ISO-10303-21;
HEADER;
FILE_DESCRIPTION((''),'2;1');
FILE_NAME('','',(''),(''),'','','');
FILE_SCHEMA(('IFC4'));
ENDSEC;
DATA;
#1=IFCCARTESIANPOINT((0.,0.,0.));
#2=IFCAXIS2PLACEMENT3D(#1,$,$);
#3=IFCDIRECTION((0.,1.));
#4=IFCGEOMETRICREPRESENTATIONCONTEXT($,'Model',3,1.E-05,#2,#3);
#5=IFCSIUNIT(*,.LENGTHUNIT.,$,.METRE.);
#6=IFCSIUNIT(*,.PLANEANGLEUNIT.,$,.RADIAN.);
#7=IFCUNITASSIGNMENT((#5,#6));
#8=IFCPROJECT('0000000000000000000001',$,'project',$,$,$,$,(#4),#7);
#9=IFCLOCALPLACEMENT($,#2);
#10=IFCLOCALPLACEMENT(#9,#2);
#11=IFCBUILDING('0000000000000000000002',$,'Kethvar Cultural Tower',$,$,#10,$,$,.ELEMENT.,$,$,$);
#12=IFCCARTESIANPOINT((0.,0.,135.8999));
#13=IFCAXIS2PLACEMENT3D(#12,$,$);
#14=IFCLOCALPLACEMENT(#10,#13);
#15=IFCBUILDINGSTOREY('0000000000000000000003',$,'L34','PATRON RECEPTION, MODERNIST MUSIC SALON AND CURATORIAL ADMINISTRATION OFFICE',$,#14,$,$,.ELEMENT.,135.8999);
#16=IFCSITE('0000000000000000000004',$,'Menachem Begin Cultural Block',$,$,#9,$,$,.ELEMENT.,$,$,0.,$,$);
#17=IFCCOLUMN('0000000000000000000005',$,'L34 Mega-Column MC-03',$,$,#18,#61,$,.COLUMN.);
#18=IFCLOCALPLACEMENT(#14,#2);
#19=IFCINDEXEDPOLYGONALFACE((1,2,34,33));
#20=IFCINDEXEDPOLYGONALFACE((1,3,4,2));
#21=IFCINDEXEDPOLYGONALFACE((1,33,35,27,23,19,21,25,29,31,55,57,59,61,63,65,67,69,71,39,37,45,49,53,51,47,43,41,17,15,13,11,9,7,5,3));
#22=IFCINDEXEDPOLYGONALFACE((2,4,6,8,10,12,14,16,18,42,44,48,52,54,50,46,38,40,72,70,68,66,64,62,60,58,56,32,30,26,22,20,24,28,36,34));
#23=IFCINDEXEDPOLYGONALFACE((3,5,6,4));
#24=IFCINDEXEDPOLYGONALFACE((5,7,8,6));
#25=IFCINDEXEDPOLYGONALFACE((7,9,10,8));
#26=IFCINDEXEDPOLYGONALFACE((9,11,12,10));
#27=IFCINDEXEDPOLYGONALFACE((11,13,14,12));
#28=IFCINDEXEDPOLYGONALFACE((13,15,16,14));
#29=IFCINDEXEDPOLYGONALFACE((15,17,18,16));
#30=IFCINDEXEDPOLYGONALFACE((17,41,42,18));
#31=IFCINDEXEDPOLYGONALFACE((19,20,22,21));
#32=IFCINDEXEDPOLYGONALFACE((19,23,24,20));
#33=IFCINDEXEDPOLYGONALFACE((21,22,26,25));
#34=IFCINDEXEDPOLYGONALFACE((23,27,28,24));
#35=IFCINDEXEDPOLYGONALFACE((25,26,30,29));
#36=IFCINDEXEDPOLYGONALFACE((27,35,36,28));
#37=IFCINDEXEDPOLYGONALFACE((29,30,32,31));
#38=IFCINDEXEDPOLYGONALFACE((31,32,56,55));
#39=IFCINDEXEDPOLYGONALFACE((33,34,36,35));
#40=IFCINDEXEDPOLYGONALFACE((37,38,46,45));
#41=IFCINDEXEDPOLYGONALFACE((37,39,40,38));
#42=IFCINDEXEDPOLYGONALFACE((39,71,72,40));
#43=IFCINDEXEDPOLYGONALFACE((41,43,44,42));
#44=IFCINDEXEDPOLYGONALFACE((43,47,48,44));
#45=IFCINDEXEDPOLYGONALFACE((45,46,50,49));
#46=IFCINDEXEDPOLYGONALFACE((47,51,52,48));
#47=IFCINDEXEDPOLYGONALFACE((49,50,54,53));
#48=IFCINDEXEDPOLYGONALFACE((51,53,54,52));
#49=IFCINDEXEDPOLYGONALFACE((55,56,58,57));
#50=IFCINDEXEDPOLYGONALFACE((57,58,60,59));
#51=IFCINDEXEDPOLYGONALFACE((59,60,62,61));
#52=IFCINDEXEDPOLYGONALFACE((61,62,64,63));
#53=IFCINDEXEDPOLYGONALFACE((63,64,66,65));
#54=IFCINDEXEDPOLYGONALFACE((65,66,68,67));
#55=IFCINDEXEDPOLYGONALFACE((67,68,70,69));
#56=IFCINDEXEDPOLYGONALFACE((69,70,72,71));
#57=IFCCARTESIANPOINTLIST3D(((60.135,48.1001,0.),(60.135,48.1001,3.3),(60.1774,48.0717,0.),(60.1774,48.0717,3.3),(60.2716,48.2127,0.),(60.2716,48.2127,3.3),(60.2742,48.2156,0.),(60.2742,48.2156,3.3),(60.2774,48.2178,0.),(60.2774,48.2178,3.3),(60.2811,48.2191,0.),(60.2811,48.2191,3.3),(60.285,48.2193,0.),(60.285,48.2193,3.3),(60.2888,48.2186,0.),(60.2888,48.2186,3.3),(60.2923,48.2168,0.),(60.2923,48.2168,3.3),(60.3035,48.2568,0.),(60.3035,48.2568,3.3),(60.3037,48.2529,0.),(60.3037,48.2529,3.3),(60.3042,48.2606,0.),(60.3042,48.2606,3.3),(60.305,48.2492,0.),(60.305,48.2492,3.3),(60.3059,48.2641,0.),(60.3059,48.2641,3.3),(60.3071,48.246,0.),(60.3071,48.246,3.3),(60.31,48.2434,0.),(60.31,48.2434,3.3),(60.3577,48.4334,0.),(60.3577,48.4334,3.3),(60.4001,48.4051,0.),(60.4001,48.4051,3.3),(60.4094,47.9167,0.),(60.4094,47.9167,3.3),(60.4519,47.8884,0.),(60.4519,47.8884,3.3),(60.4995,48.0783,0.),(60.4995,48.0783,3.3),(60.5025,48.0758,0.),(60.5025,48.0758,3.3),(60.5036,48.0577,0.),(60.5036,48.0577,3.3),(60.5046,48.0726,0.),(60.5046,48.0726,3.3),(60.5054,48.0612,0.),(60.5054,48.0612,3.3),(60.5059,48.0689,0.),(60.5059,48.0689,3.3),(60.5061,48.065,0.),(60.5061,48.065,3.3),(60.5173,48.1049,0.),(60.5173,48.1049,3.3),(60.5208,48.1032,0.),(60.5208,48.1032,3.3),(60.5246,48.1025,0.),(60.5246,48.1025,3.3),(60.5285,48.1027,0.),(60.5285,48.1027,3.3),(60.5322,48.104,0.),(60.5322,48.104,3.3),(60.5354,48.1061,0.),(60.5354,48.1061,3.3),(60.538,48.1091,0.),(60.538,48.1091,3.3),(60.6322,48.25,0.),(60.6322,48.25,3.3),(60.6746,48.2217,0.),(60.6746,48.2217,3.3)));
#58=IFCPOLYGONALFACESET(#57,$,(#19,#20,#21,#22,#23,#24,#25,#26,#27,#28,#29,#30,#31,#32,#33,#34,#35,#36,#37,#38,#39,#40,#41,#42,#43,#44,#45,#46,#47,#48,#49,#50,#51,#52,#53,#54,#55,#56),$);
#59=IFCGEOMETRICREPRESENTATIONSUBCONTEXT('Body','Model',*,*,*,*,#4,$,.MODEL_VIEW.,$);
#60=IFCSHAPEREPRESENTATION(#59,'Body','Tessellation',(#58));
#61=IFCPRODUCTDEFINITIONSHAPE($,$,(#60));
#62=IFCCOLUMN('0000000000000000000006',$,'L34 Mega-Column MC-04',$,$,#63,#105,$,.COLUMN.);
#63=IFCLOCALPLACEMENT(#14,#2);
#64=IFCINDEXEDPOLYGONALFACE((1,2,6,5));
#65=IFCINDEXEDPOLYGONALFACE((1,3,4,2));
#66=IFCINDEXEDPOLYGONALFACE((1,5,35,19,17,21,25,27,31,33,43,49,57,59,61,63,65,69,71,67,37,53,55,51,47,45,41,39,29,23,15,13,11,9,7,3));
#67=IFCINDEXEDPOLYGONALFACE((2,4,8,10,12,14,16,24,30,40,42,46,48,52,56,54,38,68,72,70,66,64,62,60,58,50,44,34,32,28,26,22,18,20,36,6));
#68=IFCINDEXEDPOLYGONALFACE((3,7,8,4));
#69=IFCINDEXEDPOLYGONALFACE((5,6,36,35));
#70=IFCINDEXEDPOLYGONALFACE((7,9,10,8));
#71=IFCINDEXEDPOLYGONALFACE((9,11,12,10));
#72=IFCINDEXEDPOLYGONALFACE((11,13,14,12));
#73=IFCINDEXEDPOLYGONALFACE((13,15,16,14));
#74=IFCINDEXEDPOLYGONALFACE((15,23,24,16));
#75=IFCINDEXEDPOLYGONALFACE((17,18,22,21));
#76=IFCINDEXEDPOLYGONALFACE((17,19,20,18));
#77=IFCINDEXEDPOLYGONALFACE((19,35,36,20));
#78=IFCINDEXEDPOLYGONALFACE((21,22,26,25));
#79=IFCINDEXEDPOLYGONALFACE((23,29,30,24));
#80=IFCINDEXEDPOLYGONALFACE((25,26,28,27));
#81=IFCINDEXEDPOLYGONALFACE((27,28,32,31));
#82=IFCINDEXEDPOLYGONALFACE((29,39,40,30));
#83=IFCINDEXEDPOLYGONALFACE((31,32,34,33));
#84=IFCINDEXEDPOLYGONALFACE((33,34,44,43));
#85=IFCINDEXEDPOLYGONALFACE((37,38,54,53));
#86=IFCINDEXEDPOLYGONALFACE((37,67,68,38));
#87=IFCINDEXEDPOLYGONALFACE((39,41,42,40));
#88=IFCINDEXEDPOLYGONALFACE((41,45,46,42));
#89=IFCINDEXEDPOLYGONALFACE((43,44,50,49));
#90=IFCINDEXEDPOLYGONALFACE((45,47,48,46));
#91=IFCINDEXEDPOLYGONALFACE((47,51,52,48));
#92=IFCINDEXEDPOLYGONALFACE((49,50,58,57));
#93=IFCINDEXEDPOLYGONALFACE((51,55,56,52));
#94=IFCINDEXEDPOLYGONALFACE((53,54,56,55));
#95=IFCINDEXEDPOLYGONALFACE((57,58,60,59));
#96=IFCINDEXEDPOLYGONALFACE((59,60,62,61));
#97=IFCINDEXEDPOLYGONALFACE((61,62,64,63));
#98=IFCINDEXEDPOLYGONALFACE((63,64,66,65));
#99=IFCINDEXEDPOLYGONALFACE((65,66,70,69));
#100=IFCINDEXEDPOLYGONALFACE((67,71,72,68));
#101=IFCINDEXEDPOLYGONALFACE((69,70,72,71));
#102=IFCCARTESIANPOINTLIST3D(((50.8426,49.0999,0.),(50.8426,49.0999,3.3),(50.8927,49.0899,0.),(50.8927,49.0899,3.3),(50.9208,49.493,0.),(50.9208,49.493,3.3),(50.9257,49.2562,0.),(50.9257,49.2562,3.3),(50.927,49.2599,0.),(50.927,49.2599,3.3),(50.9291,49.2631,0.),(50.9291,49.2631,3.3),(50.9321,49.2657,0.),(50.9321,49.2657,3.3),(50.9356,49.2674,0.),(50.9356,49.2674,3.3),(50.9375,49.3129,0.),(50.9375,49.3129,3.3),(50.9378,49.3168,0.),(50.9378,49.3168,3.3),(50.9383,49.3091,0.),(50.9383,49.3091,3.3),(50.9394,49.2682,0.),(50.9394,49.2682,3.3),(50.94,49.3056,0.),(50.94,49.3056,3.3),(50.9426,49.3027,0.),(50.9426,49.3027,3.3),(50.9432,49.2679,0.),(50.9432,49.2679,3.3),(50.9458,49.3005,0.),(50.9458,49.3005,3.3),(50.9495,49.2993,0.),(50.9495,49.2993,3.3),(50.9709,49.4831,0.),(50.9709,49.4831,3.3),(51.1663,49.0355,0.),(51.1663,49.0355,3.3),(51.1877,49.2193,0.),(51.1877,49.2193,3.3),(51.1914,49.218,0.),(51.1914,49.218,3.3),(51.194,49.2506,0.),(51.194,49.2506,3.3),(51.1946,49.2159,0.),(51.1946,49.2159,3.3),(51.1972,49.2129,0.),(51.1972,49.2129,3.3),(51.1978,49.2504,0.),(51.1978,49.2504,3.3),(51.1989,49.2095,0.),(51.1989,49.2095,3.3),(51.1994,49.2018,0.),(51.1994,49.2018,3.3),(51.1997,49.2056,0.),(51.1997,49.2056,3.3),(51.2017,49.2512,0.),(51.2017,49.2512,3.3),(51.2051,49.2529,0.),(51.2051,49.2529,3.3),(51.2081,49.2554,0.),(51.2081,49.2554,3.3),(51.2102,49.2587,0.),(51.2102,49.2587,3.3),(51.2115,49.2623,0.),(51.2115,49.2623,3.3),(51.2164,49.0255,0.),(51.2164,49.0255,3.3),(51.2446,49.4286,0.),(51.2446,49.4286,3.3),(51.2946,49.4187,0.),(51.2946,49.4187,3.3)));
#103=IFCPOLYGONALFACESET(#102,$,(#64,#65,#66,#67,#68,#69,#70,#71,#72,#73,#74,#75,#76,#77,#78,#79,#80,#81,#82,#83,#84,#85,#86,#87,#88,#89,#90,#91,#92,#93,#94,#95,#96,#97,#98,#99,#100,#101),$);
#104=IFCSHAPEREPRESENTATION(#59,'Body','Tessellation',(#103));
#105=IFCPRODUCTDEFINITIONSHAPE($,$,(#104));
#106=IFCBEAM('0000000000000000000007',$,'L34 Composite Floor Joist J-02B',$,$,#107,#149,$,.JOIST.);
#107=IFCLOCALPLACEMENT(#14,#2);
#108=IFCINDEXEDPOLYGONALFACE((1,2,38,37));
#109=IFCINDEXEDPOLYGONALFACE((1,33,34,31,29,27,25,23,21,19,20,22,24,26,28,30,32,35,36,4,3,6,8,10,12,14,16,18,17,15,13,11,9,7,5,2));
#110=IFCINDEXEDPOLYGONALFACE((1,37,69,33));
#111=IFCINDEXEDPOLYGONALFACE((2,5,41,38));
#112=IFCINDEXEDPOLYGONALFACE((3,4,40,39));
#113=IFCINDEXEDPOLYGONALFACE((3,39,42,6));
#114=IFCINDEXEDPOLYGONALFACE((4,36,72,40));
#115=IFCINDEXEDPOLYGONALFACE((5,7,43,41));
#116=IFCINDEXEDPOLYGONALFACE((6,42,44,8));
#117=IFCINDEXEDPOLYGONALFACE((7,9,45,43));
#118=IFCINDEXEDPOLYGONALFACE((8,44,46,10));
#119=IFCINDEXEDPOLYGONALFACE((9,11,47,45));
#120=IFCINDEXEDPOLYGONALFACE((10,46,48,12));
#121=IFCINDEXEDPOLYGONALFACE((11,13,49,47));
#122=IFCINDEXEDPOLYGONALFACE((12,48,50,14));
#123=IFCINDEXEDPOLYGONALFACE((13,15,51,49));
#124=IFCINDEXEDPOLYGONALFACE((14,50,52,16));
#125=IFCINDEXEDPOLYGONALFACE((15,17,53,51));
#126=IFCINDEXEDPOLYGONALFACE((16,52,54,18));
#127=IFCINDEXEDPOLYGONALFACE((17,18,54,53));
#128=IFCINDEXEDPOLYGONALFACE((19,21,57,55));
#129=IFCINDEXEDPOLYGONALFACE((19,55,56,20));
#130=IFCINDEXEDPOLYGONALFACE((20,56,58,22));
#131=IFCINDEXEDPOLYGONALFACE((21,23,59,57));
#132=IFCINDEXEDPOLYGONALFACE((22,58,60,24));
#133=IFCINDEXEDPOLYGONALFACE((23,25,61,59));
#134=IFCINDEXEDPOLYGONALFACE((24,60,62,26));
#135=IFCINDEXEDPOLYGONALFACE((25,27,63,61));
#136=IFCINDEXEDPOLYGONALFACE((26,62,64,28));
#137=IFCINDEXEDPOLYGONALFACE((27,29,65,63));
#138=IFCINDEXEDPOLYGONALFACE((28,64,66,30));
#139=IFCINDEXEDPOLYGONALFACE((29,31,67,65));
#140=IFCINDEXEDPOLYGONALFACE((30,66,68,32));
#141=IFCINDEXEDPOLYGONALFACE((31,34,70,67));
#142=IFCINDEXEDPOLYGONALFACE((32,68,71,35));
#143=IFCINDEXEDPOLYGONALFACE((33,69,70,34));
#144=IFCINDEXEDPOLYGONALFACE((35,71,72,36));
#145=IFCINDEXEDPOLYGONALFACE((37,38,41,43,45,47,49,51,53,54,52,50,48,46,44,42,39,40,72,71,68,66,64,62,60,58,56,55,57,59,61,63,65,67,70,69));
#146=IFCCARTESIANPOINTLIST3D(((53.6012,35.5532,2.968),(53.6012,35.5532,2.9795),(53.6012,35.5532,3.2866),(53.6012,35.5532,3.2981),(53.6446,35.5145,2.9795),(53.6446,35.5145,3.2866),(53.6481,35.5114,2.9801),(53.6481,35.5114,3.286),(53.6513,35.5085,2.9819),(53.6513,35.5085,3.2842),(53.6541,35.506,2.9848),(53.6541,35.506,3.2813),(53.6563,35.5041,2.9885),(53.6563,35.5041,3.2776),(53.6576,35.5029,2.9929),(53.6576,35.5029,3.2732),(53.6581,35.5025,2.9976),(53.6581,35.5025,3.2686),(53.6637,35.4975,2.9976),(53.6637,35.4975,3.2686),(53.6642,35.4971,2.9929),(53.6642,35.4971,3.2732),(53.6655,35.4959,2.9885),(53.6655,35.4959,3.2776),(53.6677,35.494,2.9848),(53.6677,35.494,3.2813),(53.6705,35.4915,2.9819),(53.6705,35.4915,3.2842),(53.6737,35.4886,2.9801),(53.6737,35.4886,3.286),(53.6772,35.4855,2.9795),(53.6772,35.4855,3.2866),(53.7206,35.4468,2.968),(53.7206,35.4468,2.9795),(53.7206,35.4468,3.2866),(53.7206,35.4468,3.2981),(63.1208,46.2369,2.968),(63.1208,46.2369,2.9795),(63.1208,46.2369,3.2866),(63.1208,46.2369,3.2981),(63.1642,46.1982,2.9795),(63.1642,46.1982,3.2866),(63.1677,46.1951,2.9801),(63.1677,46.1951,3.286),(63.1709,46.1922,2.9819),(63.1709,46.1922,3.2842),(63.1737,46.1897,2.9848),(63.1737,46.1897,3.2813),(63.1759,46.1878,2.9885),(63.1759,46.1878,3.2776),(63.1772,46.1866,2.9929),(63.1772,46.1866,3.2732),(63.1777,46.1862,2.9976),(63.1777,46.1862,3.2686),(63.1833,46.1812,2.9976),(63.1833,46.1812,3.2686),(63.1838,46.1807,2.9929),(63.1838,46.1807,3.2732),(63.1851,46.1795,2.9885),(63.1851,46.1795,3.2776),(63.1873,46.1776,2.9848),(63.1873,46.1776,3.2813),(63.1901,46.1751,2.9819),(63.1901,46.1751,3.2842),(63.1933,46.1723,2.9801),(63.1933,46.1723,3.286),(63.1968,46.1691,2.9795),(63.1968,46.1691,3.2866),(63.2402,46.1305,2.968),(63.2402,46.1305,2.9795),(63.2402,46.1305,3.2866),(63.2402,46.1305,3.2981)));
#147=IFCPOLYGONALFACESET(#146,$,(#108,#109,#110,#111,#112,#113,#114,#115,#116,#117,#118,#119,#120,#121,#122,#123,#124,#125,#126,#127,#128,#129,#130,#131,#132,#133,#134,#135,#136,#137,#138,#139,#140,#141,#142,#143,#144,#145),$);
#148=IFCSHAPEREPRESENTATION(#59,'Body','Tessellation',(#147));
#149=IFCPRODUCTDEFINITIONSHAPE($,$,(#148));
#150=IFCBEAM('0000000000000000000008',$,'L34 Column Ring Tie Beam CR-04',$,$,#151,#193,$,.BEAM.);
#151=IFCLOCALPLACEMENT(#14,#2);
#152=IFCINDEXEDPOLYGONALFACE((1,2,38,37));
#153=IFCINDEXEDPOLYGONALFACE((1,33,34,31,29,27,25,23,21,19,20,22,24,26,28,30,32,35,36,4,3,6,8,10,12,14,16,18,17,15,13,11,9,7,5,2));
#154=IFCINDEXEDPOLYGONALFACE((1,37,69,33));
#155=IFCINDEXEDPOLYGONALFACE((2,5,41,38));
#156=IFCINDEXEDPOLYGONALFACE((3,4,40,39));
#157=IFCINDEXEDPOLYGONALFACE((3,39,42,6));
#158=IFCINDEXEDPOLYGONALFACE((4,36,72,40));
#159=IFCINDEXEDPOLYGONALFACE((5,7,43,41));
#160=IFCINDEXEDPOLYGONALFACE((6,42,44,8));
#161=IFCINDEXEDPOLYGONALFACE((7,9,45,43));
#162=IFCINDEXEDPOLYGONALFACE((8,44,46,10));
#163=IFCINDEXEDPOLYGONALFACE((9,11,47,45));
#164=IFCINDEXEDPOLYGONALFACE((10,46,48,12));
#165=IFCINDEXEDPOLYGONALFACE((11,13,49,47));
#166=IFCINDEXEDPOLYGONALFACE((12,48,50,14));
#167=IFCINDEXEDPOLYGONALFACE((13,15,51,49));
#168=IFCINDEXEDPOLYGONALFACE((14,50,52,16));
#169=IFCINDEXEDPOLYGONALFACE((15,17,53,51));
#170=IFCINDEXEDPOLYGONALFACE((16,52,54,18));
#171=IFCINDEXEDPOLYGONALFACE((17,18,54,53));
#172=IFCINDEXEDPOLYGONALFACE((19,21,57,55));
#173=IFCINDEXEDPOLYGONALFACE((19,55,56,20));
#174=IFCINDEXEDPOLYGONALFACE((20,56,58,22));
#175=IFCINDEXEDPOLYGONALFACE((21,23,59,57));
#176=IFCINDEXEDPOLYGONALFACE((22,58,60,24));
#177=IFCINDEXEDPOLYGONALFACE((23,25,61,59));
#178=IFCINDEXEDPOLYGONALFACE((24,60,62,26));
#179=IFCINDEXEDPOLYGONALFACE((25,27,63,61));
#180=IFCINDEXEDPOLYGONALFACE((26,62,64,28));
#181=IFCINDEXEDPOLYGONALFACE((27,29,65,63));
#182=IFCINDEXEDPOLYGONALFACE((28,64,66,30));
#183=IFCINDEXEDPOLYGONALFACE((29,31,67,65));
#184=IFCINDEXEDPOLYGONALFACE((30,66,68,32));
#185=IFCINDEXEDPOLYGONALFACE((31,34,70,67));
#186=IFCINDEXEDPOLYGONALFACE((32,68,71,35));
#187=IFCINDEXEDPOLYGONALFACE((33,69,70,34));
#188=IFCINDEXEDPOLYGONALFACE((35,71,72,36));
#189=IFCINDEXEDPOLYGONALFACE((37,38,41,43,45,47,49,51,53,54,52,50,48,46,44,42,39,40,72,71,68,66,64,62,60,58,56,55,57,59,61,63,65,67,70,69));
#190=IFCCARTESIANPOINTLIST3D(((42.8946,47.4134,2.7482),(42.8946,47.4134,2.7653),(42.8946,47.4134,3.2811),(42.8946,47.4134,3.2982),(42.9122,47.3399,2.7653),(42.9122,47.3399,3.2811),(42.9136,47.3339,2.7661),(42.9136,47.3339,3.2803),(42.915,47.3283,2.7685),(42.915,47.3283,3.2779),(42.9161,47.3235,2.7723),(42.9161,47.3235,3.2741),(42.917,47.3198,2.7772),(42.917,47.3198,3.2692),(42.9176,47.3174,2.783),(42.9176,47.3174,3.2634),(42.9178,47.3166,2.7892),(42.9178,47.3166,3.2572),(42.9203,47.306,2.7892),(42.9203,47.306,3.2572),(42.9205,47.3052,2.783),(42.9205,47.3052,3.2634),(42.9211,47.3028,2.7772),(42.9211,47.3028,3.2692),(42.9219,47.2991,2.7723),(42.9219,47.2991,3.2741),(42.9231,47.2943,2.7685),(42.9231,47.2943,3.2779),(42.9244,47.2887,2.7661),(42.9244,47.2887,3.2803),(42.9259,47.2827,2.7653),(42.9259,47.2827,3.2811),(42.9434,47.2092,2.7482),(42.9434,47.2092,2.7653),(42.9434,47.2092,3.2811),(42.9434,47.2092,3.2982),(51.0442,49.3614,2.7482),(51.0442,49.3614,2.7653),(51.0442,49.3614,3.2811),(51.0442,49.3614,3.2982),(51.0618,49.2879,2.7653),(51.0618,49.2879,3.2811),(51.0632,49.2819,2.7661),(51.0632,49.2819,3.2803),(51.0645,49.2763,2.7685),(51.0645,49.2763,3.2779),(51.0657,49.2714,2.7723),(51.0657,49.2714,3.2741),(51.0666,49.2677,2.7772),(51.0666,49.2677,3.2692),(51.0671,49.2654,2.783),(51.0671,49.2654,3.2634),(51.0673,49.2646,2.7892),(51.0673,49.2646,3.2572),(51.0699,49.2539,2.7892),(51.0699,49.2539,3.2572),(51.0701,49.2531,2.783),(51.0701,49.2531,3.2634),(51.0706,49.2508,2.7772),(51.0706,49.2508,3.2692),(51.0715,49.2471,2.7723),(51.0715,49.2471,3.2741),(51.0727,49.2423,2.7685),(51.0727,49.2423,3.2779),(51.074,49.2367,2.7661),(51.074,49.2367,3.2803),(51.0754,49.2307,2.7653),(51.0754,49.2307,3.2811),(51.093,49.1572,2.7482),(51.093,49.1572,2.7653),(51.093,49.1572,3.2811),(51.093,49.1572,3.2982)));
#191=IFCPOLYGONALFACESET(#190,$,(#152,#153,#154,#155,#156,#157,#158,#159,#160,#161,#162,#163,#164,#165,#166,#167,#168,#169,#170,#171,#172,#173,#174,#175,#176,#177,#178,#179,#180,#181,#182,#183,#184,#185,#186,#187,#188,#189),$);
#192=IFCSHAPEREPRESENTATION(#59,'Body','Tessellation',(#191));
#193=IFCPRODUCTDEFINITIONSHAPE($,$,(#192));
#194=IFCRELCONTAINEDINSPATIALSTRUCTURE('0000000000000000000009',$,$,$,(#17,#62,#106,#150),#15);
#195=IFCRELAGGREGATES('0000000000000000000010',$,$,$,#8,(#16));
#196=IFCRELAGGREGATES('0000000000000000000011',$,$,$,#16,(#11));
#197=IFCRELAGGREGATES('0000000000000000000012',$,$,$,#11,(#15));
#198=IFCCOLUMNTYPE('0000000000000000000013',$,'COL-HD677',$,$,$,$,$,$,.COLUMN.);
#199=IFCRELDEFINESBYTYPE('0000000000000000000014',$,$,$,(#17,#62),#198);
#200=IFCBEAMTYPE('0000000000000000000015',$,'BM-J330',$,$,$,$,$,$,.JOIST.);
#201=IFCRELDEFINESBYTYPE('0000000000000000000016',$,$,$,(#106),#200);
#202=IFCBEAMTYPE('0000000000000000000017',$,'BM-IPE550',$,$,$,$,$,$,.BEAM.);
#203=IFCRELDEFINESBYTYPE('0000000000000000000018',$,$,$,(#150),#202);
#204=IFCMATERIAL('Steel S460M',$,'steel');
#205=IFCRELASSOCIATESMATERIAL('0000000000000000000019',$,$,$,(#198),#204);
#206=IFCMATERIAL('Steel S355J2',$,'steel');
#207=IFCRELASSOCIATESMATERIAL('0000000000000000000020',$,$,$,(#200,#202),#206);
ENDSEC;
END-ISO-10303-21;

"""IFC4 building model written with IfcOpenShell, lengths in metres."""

from ifc_helpers import new_model, si_unit, direction, frame, origin, origin_2d, place, context, subcontext, project, spatial, i_section, extrude, source, transform, mapped, material, material_profile, profile_set, type_object, element, save


model = new_model("IFC4")

# Units and contexts
model_context = context("Model", 3, precision=1e-05, world=origin(), true_north=direction((0.0, 1.0)))
body_context = subcontext(model_context, "Body", "Model", "MODEL_VIEW")
ifc_project = project(units=[si_unit("LENGTHUNIT", "METRE"), si_unit("PLANEANGLEUNIT", "RADIAN")], contexts=[model_context])

# Site, building, storey
site_placement = place(None, origin())
site = spatial("IfcSite", under=ifc_project, at=site_placement, Name="Menachem Begin Cultural Block", CompositionType="ELEMENT", RefElevation=0.0)
building_placement = place(site_placement, origin())
building = spatial("IfcBuilding", under=site, at=building_placement, Name="Kethvar Cultural Tower", CompositionType="ELEMENT")
storey_placement = place(building_placement, frame((0.0, 0.0, 135.8999)))
storey = spatial("IfcBuildingStorey", under=building, at=storey_placement, Name="L34", Description="PATRON RECEPTION, MODERNIST MUSIC SALON AND CURATORIAL ADMINISTRATION OFFICE", CompositionType="ELEMENT", Elevation=135.8999)

# Columns
ifc_material_1 = material(Name="Steel S460M", Category="steel")
ifc_material_profile_1 = material_profile(ifc_material_1, i_section(OverallWidth=0.4009, OverallDepth=0.3811, WebThickness=0.032, FlangeThickness=0.051, FilletRadius=0.0149, at=origin_2d()), Name="Steel S460M — HD400x677")
ifc_profile_set_1 = profile_set([ifc_material_profile_1], Name="Steel S460M — HD400x677")
column_type = type_object("IfcColumnType", Name="COL-HD677", PredefinedType="COLUMN", material=ifc_profile_set_1)
shared_shape_1 = source(origin(), body_context, "Body", "SweptSolid", [
    extrude(i_section(OverallWidth=0.4009, OverallDepth=0.3811, WebThickness=0.032, FlangeThickness=0.051, FilletRadius=0.0149, at=origin_2d()), origin(), (0.0, 0.0, 1.0), 3.3),
])
for number, where, z_axis, x_axis, name in (
    (1, (60.4048, 48.1609, 0.0), (0.0, 0.0, 1.0), (0.55557, 0.83147, 0.0), "L34 Mega-Column MC-03"),
    (2, (51.0686, 49.2593, 0.0), (0.0, 0.0, 1.0), (0.19509, 0.980785, 0.0), "L34 Mega-Column MC-04"),
):
    element("IfcColumn", number, at=place(storey_placement, frame(where, z_axis=z_axis, x_axis=x_axis)), inside=storey, type_object=column_type, Name=name, PredefinedType="COLUMN", context=body_context, shape_type="MappedRepresentation", body=[
        mapped(shared_shape_1, transform((0.0, 0.0, 0.0), scale=1.0)),
    ])

# Beams
ifc_material_2 = material(Name="Steel S355J2", Category="steel")
ifc_material_profile_2 = material_profile(ifc_material_2, i_section(OverallWidth=0.1599, OverallDepth=0.3301, WebThickness=0.0076, FlangeThickness=0.0115, FilletRadius=0.0181, at=origin_2d()), Name="Steel S355J2 — IPE330")
ifc_profile_set_2 = profile_set([ifc_material_profile_2], Name="Steel S355J2 — IPE330")
beam_type_1 = type_object("IfcBeamType", Name="BM-J330", PredefinedType="JOIST", material=ifc_profile_set_2)
shared_shape_2 = source(origin(), body_context, "Body", "SweptSolid", [
    extrude(i_section(OverallWidth=0.1599, OverallDepth=0.3301, WebThickness=0.0076, FlangeThickness=0.0115, FilletRadius=0.0181, at=origin_2d()), origin(), (0.0, 0.0, 1.0), 14.3096),
])
beam_1_placement = place(storey_placement, frame((53.6609, 35.5, 3.1331), z_axis=(0.665261, 0.746611, 0.0), x_axis=(-0.746611, 0.665261, 0.0)))
element("IfcBeam", 3, at=beam_1_placement, inside=storey, type_object=beam_type_1, Name="L34 Composite Floor Joist J-02B", PredefinedType="JOIST", context=body_context, shape_type="MappedRepresentation", body=[
    mapped(shared_shape_2, transform((0.0, 0.0, 0.0), scale=1.0)),
])
ifc_material_profile_3 = material_profile(ifc_material_2, i_section(OverallWidth=0.21, OverallDepth=0.55, WebThickness=0.011, FlangeThickness=0.0171, FilletRadius=0.0239, at=origin_2d()), Name="Steel S355J2 — IPE550")
ifc_profile_set_3 = profile_set([ifc_material_profile_3], Name="Steel S355J2 — IPE550")
beam_type_2 = type_object("IfcBeamType", Name="BM-IPE550", PredefinedType="BEAM", material=ifc_profile_set_3)
shared_shape_3 = source(origin(), body_context, "Body", "SweptSolid", [
    extrude(i_section(OverallWidth=0.21, OverallDepth=0.55, WebThickness=0.011, FlangeThickness=0.0171, FilletRadius=0.0239, at=origin_2d()), origin(), (0.0, 0.0, 1.0), 8.3792),
])
beam_2_placement = place(storey_placement, frame((51.0686, 49.2593, 3.0232), z_axis=(-0.972601, -0.232479, 0.0), x_axis=(0.232479, -0.972601, 0.0)))
element("IfcBeam", 4, at=beam_2_placement, inside=storey, type_object=beam_type_2, Name="L34 Column Ring Tie Beam CR-04", PredefinedType="BEAM", context=body_context, shape_type="MappedRepresentation", body=[
    mapped(shared_shape_3, transform((0.0, 0.0, 0.0), scale=1.0)),
])

save(model, "model.ifc")
